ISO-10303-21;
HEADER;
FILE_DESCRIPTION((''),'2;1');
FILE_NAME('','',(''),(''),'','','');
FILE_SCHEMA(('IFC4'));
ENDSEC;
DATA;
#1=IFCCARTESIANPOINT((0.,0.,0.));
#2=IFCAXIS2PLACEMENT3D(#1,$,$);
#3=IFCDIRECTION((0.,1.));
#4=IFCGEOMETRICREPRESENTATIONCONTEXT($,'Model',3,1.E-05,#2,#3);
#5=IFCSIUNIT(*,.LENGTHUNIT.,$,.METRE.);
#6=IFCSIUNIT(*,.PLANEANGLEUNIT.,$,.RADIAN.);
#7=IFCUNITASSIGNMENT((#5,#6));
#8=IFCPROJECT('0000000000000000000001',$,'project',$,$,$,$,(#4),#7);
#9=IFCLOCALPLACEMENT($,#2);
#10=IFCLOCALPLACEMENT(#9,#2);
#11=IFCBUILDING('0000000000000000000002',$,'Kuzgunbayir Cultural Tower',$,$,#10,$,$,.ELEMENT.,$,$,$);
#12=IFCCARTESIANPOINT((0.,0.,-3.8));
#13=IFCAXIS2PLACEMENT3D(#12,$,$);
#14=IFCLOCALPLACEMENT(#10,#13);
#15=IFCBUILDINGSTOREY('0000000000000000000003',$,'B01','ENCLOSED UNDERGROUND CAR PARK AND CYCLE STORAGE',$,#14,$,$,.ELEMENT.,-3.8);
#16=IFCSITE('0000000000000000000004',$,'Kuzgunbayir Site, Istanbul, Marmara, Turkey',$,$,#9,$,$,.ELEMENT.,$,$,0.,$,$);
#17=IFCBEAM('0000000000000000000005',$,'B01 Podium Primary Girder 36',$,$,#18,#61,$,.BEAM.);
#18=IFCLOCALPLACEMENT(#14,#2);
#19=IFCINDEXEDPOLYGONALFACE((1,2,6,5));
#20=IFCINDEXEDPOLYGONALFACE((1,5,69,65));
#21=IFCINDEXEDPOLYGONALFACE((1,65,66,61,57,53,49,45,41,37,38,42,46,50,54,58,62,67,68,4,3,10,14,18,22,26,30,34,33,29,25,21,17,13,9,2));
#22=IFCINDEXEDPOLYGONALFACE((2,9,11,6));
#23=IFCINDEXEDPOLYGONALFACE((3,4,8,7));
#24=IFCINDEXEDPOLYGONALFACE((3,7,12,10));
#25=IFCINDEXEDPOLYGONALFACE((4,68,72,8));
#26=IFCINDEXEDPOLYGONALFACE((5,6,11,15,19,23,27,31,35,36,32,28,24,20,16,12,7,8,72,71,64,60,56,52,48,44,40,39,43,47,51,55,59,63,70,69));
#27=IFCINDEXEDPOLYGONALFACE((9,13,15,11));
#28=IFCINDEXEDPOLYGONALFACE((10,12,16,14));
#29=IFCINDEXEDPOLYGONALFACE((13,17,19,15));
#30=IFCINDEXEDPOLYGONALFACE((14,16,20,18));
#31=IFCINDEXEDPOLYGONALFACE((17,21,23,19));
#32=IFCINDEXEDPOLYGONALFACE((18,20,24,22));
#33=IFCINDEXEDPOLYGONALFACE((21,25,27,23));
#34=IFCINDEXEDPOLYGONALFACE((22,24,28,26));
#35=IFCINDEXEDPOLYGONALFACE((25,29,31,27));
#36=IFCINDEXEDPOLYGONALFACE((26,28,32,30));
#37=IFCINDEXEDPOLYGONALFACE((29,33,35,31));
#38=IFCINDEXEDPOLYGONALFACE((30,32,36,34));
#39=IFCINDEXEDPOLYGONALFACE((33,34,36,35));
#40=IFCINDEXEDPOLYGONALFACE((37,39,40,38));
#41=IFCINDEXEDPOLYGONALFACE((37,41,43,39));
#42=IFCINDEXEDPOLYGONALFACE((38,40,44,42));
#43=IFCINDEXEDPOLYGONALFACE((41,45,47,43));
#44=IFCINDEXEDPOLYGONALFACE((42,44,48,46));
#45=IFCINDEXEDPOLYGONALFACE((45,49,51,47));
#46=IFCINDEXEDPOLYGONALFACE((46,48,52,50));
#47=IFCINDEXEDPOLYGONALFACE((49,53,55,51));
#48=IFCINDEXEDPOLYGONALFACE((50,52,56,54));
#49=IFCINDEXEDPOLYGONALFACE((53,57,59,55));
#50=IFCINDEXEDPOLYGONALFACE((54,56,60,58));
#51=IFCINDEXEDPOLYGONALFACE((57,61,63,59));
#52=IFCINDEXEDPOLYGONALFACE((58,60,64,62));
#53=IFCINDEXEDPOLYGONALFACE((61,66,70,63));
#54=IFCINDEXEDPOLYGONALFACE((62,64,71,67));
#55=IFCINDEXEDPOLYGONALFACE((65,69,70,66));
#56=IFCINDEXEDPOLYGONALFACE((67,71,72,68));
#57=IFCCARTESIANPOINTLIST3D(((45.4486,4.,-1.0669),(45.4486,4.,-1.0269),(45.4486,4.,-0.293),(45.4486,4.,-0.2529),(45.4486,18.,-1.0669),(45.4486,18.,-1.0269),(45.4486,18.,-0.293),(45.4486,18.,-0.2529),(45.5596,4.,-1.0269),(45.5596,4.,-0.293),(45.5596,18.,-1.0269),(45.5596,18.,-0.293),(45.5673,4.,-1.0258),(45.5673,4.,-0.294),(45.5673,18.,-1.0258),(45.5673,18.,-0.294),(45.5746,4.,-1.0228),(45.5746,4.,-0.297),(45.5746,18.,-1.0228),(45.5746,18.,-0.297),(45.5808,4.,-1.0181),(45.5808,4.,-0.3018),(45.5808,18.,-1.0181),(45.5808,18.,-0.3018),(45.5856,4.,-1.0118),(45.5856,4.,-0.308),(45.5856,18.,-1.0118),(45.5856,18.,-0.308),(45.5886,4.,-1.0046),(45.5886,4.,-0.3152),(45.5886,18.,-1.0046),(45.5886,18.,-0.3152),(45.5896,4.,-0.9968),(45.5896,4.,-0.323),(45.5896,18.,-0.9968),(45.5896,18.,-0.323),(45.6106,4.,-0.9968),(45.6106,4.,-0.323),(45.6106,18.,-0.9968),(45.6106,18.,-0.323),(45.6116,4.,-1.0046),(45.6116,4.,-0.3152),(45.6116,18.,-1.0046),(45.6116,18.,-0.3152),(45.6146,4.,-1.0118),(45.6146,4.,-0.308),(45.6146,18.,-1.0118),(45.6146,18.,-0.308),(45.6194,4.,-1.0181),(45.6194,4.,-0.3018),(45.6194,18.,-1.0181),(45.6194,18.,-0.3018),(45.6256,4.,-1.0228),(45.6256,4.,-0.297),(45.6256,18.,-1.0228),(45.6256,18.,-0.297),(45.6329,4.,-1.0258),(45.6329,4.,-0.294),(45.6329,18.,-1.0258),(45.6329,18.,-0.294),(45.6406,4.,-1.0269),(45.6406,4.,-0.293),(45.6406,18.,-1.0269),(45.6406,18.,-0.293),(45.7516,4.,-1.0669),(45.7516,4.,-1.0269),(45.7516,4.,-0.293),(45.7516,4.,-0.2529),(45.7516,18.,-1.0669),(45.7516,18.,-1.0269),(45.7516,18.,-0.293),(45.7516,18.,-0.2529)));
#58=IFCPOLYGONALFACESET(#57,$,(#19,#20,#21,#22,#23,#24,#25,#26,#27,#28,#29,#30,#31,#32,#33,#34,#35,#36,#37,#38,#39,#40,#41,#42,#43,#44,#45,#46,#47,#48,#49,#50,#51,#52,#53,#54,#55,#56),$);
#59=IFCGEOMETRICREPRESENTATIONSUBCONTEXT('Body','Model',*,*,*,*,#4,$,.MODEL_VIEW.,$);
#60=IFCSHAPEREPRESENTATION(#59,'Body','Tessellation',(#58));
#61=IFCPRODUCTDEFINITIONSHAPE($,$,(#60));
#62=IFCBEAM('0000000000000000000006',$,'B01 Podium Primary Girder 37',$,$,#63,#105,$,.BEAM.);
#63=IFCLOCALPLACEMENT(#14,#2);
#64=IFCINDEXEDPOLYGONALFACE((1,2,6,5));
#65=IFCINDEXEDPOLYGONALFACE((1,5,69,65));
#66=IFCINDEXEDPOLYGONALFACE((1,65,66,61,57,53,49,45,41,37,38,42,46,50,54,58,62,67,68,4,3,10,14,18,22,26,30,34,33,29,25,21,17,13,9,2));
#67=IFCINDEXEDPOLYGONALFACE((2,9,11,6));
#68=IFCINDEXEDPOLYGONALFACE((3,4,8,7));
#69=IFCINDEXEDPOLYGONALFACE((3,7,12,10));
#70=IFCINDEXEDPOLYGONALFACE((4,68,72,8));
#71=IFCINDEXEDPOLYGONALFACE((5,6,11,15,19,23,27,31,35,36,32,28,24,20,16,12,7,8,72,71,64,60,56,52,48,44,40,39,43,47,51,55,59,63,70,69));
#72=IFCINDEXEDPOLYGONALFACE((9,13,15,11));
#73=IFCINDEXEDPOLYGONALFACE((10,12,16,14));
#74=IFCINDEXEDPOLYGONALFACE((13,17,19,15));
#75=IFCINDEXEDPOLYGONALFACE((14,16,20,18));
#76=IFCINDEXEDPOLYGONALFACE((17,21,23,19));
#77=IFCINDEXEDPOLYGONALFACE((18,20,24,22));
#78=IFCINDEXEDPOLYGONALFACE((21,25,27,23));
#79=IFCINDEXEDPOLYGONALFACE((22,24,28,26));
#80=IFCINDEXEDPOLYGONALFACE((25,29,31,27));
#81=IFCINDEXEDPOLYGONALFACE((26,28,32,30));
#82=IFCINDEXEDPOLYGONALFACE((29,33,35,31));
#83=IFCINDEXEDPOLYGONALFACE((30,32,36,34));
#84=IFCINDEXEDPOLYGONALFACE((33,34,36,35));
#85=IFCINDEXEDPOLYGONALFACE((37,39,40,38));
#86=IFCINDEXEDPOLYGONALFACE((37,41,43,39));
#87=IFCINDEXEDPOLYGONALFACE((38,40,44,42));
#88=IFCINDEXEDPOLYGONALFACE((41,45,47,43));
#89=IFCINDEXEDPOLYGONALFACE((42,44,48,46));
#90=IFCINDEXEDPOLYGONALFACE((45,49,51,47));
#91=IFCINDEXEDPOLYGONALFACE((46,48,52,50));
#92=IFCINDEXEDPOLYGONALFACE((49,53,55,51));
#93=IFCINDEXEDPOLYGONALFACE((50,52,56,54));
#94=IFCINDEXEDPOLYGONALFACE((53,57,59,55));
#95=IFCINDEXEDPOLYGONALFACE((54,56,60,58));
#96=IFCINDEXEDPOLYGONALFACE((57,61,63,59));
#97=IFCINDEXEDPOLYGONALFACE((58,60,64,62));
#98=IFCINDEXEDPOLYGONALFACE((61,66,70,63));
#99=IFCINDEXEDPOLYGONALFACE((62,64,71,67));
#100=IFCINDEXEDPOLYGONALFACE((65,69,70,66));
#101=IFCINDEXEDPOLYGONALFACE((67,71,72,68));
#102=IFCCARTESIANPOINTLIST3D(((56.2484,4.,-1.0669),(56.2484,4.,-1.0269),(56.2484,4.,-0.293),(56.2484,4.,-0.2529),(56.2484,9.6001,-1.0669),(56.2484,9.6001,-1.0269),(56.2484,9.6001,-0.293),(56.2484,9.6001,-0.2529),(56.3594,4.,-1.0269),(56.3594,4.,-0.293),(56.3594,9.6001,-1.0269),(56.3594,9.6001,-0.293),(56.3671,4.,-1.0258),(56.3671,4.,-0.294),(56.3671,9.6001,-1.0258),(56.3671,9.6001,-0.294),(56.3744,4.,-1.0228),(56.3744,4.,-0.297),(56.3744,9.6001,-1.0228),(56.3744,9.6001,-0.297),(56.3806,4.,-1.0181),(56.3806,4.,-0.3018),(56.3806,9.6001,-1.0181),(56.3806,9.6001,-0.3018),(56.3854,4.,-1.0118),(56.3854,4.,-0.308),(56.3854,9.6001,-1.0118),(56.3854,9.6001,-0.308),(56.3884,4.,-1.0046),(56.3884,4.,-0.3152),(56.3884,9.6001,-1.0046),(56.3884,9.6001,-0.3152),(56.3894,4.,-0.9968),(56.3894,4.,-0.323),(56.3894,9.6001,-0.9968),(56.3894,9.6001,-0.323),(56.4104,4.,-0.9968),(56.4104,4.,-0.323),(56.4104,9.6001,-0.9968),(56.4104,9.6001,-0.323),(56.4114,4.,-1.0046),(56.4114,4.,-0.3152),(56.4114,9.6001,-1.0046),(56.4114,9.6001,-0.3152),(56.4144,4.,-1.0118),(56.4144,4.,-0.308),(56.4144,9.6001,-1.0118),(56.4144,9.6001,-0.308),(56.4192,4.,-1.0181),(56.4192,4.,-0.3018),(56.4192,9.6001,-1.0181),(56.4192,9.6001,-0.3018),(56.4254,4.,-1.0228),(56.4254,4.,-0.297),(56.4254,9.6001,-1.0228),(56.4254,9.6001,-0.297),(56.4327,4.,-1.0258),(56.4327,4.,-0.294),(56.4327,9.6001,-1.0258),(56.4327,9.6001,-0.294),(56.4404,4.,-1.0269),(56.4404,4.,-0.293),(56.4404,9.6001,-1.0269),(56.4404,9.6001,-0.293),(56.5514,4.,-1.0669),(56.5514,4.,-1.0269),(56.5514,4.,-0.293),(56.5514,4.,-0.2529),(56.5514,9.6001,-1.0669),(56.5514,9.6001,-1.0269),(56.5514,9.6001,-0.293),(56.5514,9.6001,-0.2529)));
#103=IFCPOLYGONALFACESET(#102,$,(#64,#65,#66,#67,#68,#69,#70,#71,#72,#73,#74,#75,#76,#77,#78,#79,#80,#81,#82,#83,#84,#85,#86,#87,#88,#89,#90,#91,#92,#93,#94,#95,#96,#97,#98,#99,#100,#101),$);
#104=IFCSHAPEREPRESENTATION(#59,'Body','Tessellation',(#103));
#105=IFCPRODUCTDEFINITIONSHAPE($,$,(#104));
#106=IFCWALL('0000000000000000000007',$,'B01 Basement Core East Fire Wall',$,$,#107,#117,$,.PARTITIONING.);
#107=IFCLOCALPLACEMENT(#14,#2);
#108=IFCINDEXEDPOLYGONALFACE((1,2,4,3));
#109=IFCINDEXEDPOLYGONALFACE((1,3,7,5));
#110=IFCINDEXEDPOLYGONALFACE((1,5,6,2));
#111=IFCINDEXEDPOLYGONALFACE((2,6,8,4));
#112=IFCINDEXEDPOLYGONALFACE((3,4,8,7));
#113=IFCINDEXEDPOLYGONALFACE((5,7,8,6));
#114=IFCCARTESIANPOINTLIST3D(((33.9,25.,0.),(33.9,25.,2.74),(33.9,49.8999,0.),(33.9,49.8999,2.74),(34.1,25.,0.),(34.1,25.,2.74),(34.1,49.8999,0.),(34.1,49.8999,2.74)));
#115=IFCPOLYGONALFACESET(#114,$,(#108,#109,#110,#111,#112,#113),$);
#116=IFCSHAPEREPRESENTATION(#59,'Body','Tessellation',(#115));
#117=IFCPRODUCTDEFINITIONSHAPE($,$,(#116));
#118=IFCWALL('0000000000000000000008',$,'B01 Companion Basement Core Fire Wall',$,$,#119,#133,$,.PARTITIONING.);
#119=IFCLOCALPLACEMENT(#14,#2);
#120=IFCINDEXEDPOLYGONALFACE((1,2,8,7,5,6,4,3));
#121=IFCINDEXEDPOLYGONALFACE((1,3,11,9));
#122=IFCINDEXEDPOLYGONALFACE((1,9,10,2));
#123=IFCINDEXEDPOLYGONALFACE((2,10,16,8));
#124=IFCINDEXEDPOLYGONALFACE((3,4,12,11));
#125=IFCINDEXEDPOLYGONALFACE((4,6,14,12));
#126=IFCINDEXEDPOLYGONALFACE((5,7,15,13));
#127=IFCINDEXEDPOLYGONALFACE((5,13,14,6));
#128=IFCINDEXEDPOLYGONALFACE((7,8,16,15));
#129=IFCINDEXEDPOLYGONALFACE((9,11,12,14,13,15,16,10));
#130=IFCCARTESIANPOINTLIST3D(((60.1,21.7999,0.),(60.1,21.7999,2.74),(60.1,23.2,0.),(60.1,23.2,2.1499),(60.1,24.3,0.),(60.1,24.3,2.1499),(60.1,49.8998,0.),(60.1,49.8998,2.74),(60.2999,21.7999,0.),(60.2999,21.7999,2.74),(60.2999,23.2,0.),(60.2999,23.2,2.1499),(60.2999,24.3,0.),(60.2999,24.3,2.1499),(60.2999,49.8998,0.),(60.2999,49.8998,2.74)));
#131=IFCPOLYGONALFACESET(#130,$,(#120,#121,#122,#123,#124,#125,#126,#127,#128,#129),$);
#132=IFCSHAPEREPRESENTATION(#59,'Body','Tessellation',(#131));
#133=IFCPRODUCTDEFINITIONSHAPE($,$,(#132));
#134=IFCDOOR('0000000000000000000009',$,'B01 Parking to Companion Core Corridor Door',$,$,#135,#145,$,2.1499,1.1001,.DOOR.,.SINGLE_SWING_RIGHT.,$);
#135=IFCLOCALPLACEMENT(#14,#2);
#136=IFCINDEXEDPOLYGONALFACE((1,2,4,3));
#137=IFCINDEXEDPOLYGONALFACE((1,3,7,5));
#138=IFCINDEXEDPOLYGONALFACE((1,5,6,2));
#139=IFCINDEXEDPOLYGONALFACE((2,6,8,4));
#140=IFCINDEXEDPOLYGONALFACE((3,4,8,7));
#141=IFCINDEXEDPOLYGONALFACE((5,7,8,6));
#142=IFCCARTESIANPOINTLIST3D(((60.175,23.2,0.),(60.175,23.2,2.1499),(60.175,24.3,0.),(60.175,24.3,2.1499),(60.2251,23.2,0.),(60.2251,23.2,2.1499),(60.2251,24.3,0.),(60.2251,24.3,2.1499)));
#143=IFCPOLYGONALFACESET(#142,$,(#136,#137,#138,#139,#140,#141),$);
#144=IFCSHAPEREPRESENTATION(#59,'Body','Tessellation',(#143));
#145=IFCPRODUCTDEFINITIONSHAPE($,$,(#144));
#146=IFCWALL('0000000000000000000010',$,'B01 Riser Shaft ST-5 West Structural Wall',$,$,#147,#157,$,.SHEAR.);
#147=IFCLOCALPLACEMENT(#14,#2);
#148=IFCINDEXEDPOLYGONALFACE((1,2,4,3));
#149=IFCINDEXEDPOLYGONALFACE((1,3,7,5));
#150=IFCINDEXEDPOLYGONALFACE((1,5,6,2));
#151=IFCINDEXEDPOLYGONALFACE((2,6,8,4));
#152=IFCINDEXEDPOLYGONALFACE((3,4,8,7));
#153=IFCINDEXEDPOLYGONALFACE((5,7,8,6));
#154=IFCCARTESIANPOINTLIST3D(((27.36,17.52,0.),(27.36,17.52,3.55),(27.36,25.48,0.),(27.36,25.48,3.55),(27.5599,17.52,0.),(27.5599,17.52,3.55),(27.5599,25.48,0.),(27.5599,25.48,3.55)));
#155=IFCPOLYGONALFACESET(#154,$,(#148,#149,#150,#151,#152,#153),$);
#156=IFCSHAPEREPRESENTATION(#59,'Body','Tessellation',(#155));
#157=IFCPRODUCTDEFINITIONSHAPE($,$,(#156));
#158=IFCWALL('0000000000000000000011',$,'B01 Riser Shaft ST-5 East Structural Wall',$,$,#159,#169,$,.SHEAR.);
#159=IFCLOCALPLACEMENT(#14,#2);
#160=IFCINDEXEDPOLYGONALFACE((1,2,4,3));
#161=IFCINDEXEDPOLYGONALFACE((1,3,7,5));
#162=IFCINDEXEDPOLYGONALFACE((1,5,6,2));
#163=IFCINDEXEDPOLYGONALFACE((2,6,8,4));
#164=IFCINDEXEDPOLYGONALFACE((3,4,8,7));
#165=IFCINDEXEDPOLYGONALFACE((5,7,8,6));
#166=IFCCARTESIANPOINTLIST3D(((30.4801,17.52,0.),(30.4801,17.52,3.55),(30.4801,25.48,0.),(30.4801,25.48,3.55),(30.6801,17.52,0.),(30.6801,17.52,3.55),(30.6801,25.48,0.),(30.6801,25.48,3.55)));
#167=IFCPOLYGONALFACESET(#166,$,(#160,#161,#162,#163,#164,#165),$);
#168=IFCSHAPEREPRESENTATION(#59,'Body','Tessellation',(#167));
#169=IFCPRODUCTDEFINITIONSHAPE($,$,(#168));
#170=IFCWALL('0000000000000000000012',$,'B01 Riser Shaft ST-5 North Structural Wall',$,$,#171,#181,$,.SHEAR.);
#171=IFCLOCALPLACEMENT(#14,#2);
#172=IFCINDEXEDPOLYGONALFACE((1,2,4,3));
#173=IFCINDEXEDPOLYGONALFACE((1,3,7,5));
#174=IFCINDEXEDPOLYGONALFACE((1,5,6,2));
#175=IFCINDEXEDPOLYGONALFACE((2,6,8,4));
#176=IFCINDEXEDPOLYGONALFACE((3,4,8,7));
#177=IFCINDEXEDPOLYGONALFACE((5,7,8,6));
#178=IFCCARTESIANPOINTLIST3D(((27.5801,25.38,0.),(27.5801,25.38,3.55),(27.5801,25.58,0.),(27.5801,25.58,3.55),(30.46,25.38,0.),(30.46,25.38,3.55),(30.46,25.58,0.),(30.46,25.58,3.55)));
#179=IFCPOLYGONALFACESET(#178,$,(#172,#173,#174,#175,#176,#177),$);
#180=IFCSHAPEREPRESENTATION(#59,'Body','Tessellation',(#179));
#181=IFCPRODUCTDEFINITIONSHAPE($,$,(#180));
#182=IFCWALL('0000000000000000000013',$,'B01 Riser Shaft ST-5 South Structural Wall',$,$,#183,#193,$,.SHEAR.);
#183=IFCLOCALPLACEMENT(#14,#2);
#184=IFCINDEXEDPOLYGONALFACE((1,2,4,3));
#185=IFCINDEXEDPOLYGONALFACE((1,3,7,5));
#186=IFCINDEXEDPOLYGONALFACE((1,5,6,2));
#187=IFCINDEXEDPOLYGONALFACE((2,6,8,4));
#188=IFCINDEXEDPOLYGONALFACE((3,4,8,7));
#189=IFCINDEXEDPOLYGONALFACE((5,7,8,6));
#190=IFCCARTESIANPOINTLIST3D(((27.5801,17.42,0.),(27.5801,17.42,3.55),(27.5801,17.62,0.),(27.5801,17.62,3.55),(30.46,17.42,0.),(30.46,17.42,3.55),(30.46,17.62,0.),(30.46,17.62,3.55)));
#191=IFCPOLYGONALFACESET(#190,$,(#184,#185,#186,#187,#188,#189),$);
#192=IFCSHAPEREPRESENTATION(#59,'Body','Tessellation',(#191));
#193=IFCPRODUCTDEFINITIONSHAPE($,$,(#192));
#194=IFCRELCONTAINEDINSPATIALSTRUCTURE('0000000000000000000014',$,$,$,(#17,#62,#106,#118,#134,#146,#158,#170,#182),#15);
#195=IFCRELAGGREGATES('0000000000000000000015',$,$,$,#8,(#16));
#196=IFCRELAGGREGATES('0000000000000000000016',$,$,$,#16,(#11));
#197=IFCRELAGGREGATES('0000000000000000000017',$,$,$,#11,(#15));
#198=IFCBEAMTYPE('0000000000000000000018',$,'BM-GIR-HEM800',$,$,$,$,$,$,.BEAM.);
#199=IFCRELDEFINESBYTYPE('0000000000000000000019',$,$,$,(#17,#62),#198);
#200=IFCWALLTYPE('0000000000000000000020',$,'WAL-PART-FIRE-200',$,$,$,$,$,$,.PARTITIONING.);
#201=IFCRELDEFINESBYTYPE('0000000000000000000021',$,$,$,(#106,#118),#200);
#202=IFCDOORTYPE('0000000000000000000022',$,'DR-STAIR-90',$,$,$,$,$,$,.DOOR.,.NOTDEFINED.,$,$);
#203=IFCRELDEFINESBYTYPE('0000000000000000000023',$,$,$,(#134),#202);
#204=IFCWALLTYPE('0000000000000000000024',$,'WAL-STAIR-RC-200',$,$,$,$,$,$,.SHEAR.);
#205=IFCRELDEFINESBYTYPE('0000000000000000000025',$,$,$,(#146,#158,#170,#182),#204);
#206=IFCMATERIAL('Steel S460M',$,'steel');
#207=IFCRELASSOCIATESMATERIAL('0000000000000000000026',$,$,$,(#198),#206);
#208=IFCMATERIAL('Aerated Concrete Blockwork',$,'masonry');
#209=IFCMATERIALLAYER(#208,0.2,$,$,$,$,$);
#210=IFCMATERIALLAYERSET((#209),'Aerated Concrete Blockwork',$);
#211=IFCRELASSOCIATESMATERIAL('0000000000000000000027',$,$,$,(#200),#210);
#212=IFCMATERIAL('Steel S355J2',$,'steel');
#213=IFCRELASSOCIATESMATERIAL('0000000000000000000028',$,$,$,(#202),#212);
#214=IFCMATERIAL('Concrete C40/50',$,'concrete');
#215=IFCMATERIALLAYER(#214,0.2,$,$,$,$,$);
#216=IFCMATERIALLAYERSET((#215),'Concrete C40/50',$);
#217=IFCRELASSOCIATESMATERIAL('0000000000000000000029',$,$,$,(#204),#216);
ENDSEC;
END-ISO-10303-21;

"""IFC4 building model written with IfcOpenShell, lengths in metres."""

from ifc_helpers import new_model, si_unit, direction, frame, frame_2d, origin, origin_2d, place, context, subcontext, project, spatial, rectangle, i_section, extrude, material, layer, layer_set, material_profile, profile_set, type_object, element, fill, save


model = new_model("IFC4")

# Units and contexts
model_context = context("Model", 3, precision=1e-05, world=origin(), true_north=direction((0.0, 1.0)))
body_context = subcontext(model_context, "Body", "Model", "MODEL_VIEW")
ifc_project = project(units=[si_unit("LENGTHUNIT", "METRE"), si_unit("PLANEANGLEUNIT", "RADIAN")], contexts=[model_context])

# Site, building, storey
site_placement = place(None, origin())
site = spatial("IfcSite", under=ifc_project, at=site_placement, Name="Kuzgunbayir Site, Istanbul, Marmara, Turkey", CompositionType="ELEMENT", RefElevation=0.0)
building_placement = place(site_placement, origin())
building = spatial("IfcBuilding", under=site, at=building_placement, Name="Kuzgunbayir Cultural Tower", CompositionType="ELEMENT")
storey_placement = place(building_placement, frame((0.0, 0.0, -3.8)))
storey = spatial("IfcBuildingStorey", under=building, at=storey_placement, Name="B01", Description="ENCLOSED UNDERGROUND CAR PARK AND CYCLE STORAGE", CompositionType="ELEMENT", Elevation=-3.8)

# Shared definitions
ifc_material_1 = material(Name="Concrete C40/50", Category="concrete")

# Beams
ifc_material_2 = material(Name="Steel S460M", Category="steel")
ifc_material_profile_1 = material_profile(ifc_material_2, i_section(OverallWidth=0.303, OverallDepth=0.814, WebThickness=0.021, FlangeThickness=0.04, FilletRadius=0.03, at=origin_2d()), Name="HEM 800")
ifc_profile_set_1 = profile_set([ifc_material_profile_1], Name="Steel S460M")
beam_type = type_object("IfcBeamType", Name="BM-GIR-HEM800", PredefinedType="BEAM", material=ifc_profile_set_1)
beam_1_placement = place(storey_placement, frame((45.6001, 4.0, -0.6599), z_axis=(0.0, 1.0, 0.0), x_axis=(-1.0, 0.0, 0.0)))
element("IfcBeam", 1, at=beam_1_placement, inside=storey, type_object=beam_type, Name="B01 Podium Primary Girder 36", PredefinedType="BEAM", context=body_context, shape_type="SweptSolid", body=[
    extrude(i_section(OverallWidth=0.303, OverallDepth=0.814, WebThickness=0.021, FlangeThickness=0.04, FilletRadius=0.03, at=origin_2d()), origin(), (0.0, 0.0, 1.0), 14.0),
])
beam_2_placement = place(storey_placement, frame((56.3999, 4.0, -0.6599), z_axis=(0.0, 1.0, 0.0), x_axis=(-1.0, 0.0, 0.0)))
element("IfcBeam", 2, at=beam_2_placement, inside=storey, type_object=beam_type, Name="B01 Podium Primary Girder 37", PredefinedType="BEAM", context=body_context, shape_type="SweptSolid", body=[
    extrude(i_section(OverallWidth=0.303, OverallDepth=0.814, WebThickness=0.021, FlangeThickness=0.04, FilletRadius=0.03, at=origin_2d()), origin(), (0.0, 0.0, 1.0), 5.6001),
])

# Wall
ifc_material_3 = material(Name="Aerated Concrete Blockwork", Category="masonry")
ifc_layer_1 = layer(ifc_material_3, 0.2)
ifc_layer_set_1 = layer_set([ifc_layer_1], Name="Aerated Concrete Blockwork")
wall_type_1 = type_object("IfcWallType", Name="WAL-PART-FIRE-200", PredefinedType="PARTITIONING", material=ifc_layer_set_1)
wall_1_placement = place(storey_placement, frame((34.0, 25.0, 0.0), z_axis=(0.0, 0.0, 1.0), x_axis=(0.0, 1.0, 0.0)))
element("IfcWall", 3, at=wall_1_placement, inside=storey, type_object=wall_type_1, Name="B01 Basement Core East Fire Wall", PredefinedType="PARTITIONING", context=body_context, shape_type="SweptSolid", body=[
    extrude(rectangle(XDim=24.8999, YDim=0.2, at=frame_2d((12.45, 0.0))), origin(), (0.0, 0.0, 1.0), 2.74),
])

# Wall, opening, door
wall_2_placement = place(storey_placement, frame((60.2, 21.8, 0.0), z_axis=(0.0, 0.0, 1.0), x_axis=(0.0, 1.0, 0.0)))
wall_2 = element("IfcWall", 4, at=wall_2_placement, inside=storey, type_object=wall_type_1, Name="B01 Companion Basement Core Fire Wall", PredefinedType="PARTITIONING", context=body_context, shape_type="SweptSolid", body=[
    extrude(rectangle(XDim=28.0999, YDim=0.2, at=frame_2d((14.0498, 0.0))), origin(), (0.0, 0.0, 1.0), 2.74),
])
opening_placement = place(wall_2_placement, frame((1.3999, 0.0, 0.0)))
opening = element("IfcOpeningElement", 5, at=opening_placement, cuts=wall_2, PredefinedType="OPENING", context=body_context, shape_type="SweptSolid", body=[
    extrude(rectangle(XDim=1.1001, YDim=2.1499, at=frame_2d((0.55, 1.075))), frame((0.0, 0.1099, 0.0), z_axis=(0.0, -1.0, 0.0), x_axis=(1.0, 0.0, 0.0)), (0.0, 0.0, 1.0), 0.22),
])
ifc_material_4 = material(Name="Steel S355J2", Category="steel")
door_type = type_object("IfcDoorType", Name="DR-STAIR-90", OperationType="NOTDEFINED", PredefinedType="DOOR", material=ifc_material_4)
door_placement = place(opening_placement, origin())
door = element("IfcDoor", 6, at=door_placement, inside=storey, type_object=door_type, Name="B01 Parking to Companion Core Corridor Door", OperationType="SINGLE_SWING_RIGHT", OverallHeight=2.1499, OverallWidth=1.1001, PredefinedType="DOOR", context=body_context, shape_type="SweptSolid", body=[
    extrude(rectangle(XDim=1.1001, YDim=2.1499, at=frame_2d((0.55, 1.075))), frame((0.0, 0.0249, 0.0), z_axis=(0.0, -1.0, 0.0), x_axis=(1.0, 0.0, 0.0)), (0.0, 0.0, 1.0), 0.05),
])
fill(opening, door)

# Walls
ifc_layer_2 = layer(ifc_material_1, 0.2)
ifc_layer_set_2 = layer_set([ifc_layer_2], Name="Concrete C40/50")
wall_type_2 = type_object("IfcWallType", Name="WAL-STAIR-RC-200", PredefinedType="SHEAR", material=ifc_layer_set_2)
for number, where, z_axis, x_axis, name in (
    (7, (27.46, 17.52, 0.0), (0.0, 0.0, 1.0), (0.0, 1.0, 0.0), "B01 Riser Shaft ST-5 West Structural Wall"),
    (8, (30.5801, 17.52, 0.0), (0.0, 0.0, 1.0), (0.0, 1.0, 0.0), "B01 Riser Shaft ST-5 East Structural Wall"),
):
    element("IfcWall", number, at=place(storey_placement, frame(where, z_axis=z_axis, x_axis=x_axis)), inside=storey, type_object=wall_type_2, Name=name, PredefinedType="SHEAR", context=body_context, shape_type="SweptSolid", body=[
        extrude(rectangle(XDim=7.96, YDim=0.2, at=frame_2d((3.98, 0.0))), origin(), (0.0, 0.0, 1.0), 3.55),
    ])
for number, where, z_axis, x_axis, name in (
    (9, (27.5801, 25.48, 0.0), (0.0, 0.0, 1.0), (1.0, 0.0, 0.0), "B01 Riser Shaft ST-5 North Structural Wall"),
    (10, (27.5801, 17.52, 0.0), (0.0, 0.0, 1.0), (1.0, 0.0, 0.0), "B01 Riser Shaft ST-5 South Structural Wall"),
):
    element("IfcWall", number, at=place(storey_placement, frame(where, z_axis=z_axis, x_axis=x_axis)), inside=storey, type_object=wall_type_2, Name=name, PredefinedType="SHEAR", context=body_context, shape_type="SweptSolid", body=[
        extrude(rectangle(XDim=2.8799, YDim=0.2, at=frame_2d((1.4399, 0.0))), origin(), (0.0, 0.0, 1.0), 3.55),
    ])

save(model, "model.ifc")
